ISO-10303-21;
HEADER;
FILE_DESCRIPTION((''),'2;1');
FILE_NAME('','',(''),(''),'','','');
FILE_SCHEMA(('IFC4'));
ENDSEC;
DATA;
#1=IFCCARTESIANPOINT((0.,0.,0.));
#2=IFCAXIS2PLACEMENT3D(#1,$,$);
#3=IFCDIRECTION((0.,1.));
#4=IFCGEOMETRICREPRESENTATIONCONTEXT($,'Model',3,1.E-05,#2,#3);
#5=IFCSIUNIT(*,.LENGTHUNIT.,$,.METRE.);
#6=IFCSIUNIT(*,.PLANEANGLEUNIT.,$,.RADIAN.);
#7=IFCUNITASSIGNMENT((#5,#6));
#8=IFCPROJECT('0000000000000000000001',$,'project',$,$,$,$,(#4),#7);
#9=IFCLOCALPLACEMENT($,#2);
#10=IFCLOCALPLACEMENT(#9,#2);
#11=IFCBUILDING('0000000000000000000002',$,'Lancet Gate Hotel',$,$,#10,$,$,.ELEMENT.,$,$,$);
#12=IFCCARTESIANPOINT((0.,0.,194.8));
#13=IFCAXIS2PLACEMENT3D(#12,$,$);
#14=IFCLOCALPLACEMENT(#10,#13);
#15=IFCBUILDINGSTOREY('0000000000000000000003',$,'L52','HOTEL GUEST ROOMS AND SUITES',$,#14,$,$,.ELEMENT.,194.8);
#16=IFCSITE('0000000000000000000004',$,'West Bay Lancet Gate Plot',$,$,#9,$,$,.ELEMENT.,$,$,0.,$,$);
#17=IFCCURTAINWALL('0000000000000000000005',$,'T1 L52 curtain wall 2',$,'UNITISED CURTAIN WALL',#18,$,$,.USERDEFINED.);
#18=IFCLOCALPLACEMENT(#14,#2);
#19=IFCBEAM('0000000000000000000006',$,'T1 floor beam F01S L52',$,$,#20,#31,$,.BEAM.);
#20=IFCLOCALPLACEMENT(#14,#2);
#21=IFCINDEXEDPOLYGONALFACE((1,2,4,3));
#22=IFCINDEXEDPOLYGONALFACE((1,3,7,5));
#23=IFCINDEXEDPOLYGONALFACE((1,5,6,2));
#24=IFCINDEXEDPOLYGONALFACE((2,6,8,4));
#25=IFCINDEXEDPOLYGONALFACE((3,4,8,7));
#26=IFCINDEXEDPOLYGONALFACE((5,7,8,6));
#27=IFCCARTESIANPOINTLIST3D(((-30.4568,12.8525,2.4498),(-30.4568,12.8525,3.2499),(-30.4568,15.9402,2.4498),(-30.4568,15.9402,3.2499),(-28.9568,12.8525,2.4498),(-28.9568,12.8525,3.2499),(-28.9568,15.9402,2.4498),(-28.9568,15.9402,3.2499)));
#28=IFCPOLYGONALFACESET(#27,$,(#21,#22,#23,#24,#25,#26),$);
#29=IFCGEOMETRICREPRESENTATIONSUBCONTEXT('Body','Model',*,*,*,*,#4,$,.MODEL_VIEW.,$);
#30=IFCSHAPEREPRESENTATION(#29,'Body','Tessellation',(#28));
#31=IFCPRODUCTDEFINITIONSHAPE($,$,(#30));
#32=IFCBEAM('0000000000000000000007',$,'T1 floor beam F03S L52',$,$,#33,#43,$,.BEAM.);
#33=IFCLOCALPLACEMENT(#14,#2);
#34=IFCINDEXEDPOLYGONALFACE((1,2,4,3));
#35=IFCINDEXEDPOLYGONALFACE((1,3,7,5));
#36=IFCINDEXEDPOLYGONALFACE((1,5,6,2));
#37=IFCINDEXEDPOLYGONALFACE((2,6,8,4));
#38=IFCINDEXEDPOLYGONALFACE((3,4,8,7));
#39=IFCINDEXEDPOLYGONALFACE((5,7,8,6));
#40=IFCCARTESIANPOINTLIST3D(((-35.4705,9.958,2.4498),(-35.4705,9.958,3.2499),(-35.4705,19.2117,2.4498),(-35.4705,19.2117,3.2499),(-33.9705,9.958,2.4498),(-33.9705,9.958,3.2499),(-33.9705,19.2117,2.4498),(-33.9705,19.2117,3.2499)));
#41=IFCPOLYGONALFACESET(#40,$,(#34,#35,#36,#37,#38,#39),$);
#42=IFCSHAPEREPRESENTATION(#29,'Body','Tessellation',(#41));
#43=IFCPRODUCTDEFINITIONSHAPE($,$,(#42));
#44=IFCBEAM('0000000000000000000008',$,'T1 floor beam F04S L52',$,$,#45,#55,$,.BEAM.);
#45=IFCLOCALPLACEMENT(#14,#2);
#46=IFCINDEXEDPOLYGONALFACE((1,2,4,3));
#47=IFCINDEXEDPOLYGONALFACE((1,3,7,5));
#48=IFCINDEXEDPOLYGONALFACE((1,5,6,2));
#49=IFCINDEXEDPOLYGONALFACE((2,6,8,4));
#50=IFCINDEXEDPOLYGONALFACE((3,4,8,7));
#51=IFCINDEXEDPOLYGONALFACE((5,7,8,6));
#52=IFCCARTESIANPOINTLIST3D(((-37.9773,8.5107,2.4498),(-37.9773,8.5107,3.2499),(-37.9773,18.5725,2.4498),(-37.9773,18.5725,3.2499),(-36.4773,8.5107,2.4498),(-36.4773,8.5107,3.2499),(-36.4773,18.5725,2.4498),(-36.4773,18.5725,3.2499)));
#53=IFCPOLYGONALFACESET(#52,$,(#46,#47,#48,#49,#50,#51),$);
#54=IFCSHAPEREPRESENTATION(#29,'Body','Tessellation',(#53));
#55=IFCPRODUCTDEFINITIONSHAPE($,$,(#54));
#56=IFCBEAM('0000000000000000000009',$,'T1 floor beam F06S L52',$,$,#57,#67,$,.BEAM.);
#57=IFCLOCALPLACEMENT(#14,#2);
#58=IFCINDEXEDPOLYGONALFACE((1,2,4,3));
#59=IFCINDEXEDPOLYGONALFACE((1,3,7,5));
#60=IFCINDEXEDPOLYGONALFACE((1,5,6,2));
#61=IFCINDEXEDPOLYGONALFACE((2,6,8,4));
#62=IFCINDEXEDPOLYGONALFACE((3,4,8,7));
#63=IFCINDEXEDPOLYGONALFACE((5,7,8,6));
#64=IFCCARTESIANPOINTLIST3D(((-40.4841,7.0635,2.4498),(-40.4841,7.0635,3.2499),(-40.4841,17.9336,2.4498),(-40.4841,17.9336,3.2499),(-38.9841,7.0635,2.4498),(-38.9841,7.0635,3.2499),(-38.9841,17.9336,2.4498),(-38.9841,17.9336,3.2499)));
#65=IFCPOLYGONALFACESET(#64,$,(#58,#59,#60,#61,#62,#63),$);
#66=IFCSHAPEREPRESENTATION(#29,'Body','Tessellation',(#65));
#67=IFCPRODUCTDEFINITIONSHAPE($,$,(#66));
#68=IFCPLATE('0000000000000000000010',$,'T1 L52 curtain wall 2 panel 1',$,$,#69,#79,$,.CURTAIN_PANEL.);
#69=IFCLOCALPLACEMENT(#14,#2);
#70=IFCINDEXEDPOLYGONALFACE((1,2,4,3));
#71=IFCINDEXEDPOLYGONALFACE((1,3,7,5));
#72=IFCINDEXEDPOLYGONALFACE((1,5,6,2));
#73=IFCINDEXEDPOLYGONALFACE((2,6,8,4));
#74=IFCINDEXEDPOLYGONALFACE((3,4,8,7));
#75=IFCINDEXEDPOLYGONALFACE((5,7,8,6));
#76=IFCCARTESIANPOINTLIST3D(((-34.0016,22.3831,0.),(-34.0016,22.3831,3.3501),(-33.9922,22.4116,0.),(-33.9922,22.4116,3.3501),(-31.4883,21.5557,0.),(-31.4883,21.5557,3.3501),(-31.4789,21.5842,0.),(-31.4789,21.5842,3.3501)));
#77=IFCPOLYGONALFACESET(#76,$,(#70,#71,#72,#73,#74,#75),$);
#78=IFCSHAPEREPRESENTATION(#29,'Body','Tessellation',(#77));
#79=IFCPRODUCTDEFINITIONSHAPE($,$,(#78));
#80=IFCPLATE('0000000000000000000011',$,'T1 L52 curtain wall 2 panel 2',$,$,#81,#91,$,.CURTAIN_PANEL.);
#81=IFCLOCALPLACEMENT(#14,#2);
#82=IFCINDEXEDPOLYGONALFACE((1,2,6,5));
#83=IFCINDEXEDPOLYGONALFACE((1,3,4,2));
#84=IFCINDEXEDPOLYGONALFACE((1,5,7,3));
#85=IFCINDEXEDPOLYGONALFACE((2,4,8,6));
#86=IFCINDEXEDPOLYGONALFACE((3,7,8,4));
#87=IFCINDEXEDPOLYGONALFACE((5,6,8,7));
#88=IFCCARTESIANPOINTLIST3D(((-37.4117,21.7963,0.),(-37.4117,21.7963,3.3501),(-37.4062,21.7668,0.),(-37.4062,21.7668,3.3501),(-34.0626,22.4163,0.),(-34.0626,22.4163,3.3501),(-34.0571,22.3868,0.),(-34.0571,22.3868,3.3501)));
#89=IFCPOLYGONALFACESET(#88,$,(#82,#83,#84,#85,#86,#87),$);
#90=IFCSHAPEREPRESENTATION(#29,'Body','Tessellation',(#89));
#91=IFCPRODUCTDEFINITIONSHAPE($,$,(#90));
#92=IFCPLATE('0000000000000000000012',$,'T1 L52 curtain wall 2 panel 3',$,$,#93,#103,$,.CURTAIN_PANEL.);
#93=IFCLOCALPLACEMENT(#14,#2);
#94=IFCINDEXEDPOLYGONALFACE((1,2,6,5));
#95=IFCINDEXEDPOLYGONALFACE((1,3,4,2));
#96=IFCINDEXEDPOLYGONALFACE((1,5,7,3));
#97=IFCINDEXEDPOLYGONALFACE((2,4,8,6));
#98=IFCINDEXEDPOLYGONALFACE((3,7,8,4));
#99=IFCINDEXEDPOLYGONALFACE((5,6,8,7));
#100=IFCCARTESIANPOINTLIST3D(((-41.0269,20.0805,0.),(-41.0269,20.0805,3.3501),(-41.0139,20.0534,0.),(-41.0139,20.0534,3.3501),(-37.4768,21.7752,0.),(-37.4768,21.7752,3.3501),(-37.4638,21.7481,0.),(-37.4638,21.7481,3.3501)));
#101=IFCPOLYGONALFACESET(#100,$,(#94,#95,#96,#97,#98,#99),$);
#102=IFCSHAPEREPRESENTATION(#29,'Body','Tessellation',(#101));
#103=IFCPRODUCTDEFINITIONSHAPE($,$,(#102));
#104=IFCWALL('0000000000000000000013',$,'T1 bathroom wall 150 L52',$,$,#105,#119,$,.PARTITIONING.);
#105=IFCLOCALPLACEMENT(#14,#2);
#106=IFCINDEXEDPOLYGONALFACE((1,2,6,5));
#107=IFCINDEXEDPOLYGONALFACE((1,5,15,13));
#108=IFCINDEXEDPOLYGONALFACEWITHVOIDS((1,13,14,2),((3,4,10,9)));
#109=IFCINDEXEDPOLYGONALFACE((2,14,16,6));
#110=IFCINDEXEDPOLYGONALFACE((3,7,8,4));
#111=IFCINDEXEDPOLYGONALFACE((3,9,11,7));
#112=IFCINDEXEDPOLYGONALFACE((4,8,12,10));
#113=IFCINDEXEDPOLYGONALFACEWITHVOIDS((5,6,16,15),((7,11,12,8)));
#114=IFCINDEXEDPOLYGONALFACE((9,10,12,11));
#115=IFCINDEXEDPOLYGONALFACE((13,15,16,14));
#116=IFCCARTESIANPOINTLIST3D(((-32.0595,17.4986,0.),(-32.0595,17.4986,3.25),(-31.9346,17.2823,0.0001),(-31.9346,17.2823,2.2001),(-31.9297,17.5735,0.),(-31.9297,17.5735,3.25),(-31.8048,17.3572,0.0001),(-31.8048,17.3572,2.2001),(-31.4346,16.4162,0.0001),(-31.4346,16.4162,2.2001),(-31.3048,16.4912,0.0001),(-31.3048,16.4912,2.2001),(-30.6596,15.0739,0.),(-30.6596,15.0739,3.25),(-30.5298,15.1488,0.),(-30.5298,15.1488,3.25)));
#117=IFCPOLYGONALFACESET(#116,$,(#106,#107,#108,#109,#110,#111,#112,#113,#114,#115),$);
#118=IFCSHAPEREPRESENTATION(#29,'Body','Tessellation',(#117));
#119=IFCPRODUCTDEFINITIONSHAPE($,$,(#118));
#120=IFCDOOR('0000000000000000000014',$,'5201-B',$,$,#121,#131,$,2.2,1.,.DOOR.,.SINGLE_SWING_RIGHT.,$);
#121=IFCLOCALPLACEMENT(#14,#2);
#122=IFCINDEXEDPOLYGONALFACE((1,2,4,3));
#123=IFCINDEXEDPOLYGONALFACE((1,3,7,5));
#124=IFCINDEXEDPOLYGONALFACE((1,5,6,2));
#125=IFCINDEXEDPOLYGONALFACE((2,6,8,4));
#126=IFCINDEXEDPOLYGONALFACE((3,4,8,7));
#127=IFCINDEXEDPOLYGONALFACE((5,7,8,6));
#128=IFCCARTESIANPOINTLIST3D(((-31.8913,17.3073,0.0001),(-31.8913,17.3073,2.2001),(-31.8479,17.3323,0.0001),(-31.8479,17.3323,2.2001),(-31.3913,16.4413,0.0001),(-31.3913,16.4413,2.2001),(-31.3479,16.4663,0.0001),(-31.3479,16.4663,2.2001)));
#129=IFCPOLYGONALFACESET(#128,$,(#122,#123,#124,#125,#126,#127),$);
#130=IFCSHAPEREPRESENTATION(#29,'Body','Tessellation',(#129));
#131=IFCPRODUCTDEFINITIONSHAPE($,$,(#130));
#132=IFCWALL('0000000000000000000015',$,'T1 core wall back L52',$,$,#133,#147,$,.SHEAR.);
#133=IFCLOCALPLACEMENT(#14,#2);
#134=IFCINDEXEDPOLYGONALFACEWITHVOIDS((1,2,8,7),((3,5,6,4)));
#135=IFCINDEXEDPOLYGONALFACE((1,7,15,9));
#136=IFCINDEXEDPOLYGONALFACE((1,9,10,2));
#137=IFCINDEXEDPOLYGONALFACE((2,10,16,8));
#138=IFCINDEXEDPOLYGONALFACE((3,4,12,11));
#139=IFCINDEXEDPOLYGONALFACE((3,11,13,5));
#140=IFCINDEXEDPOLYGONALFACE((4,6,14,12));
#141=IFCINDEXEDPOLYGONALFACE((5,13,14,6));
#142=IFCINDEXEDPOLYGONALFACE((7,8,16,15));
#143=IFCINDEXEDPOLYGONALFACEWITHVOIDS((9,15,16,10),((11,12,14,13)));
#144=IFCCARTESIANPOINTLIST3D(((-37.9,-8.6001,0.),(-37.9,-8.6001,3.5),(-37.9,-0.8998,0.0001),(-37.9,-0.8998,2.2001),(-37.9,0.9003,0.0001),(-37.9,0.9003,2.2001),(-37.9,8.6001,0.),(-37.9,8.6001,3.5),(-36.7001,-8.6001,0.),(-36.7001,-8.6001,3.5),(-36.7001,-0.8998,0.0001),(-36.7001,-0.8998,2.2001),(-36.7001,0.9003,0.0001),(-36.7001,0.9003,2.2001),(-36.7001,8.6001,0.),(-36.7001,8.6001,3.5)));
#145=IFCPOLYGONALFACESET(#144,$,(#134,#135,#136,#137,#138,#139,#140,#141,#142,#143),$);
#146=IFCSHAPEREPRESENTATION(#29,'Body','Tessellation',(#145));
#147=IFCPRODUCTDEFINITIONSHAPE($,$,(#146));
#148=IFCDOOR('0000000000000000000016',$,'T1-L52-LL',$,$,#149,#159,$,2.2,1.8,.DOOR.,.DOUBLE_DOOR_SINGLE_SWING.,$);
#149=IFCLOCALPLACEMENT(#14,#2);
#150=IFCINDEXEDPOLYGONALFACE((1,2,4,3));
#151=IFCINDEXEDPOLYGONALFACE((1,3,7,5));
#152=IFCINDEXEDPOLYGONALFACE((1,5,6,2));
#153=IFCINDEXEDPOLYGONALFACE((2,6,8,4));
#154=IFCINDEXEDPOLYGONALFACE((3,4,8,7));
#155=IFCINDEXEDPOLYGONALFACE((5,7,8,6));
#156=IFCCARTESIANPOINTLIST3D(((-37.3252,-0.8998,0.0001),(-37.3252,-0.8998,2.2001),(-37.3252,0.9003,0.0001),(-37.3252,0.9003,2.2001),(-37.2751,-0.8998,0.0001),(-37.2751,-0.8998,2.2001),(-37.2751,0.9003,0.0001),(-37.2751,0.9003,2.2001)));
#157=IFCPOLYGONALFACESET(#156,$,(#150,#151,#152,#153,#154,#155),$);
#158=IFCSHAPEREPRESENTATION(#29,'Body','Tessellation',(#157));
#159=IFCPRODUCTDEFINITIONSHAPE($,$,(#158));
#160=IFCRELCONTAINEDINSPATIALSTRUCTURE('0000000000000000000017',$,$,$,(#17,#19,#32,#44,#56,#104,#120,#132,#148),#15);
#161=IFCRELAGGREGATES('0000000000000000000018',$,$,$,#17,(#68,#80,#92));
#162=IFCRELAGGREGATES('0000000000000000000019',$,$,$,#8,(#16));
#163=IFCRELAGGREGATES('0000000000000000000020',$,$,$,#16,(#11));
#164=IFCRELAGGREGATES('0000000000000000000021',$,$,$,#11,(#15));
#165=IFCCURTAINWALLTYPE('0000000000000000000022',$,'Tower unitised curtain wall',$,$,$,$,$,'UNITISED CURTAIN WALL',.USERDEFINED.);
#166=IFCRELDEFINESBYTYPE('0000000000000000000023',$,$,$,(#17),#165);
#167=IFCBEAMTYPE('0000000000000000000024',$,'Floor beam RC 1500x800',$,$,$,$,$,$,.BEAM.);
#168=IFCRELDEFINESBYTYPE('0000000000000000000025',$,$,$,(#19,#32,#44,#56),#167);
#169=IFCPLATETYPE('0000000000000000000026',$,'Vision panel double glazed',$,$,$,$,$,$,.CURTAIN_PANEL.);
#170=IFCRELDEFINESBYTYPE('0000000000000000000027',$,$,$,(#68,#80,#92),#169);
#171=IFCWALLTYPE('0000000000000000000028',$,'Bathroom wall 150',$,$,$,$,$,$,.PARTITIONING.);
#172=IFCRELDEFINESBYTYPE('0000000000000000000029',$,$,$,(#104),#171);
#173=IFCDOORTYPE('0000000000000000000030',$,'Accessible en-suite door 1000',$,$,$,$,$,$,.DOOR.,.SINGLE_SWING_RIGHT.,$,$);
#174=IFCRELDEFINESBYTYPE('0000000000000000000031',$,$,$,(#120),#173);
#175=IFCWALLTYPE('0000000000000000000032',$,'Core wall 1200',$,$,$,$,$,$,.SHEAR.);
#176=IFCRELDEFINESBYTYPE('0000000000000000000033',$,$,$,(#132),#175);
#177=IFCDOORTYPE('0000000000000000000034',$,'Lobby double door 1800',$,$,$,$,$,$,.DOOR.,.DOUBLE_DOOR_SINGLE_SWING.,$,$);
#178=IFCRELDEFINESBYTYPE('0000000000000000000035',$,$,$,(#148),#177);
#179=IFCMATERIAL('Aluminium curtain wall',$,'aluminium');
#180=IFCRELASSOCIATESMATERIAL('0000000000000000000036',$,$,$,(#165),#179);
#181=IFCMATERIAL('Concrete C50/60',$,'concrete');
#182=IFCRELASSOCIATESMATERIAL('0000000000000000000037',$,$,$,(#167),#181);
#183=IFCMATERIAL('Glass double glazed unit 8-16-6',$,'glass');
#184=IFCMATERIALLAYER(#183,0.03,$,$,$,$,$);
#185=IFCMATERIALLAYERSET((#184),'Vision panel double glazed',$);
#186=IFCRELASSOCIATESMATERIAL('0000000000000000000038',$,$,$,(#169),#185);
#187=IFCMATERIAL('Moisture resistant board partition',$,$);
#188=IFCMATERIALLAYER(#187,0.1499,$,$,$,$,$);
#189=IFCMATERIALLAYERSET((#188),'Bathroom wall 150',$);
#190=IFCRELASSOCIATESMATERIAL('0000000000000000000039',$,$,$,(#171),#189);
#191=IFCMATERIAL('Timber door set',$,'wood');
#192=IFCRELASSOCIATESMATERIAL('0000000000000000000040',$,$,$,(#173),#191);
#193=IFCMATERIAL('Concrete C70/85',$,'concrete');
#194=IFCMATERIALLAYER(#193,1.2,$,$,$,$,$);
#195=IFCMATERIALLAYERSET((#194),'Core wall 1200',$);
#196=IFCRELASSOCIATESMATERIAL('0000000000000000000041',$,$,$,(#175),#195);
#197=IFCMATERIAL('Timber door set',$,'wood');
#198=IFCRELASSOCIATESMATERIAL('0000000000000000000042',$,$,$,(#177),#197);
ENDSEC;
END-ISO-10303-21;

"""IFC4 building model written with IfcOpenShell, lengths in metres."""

from ifc_helpers import new_model, si_unit, direction, frame, frame_2d, origin, origin_2d, place, context, subcontext, project, spatial, rectangle, extrude, material, layer, layer_set, material_profile, profile_set, type_object, element, fill, aggregate, save


model = new_model("IFC4")

# Units and contexts
model_context = context("Model", 3, precision=1e-05, world=origin(), true_north=direction((0.0, 1.0)))
body_context = subcontext(model_context, "Body", "Model", "MODEL_VIEW")
ifc_project = project(units=[si_unit("LENGTHUNIT", "METRE"), si_unit("PLANEANGLEUNIT", "RADIAN")], contexts=[model_context])

# Site, building, storey
site_placement = place(None, origin())
site = spatial("IfcSite", under=ifc_project, at=site_placement, Name="West Bay Lancet Gate Plot", CompositionType="ELEMENT", RefElevation=0.0)
building_placement = place(site_placement, origin())
building = spatial("IfcBuilding", under=site, at=building_placement, Name="Lancet Gate Hotel", CompositionType="ELEMENT")
storey_placement = place(building_placement, frame((0.0, 0.0, 194.8)))
storey = spatial("IfcBuildingStorey", under=building, at=storey_placement, Name="L52", Description="HOTEL GUEST ROOMS AND SUITES", CompositionType="ELEMENT", Elevation=194.8)

# Shared definitions
ifc_material_1 = material(Name="Aluminium curtain wall", Category="aluminium")
curtain_wall_type = type_object("IfcCurtainWallType", Name="Tower unitised curtain wall", ElementType="UNITISED CURTAIN WALL", PredefinedType="USERDEFINED", material=ifc_material_1)

# Curtain wall
curtain_wall_1_placement = place(storey_placement, origin())
curtain_wall_1 = element("IfcCurtainWall", 1, at=curtain_wall_1_placement, inside=storey, type_object=curtain_wall_type, Name="T1 L52 curtain wall 2", ObjectType="UNITISED CURTAIN WALL", PredefinedType="USERDEFINED")

# Beams
ifc_material_2 = material(Name="Concrete C50/60", Category="concrete")
ifc_material_profile_1 = material_profile(ifc_material_2, rectangle(XDim=1.5, YDim=0.8, at=origin_2d()), Name="RC 1500x800")
ifc_profile_set_1 = profile_set([ifc_material_profile_1], Name="Concrete C50/60")
beam_type_1 = type_object("IfcBeamType", Name="Floor beam RC 1500x800", PredefinedType="BEAM", material=ifc_profile_set_1)
beam_1_placement = place(storey_placement, frame((-29.7068, 15.9402, 2.8499), z_axis=(0.0, -1.0, 0.0), x_axis=(1.0, 0.0, 0.0)))
element("IfcBeam", 2, at=beam_1_placement, inside=storey, type_object=beam_type_1, Name="T1 floor beam F01S L52", PredefinedType="BEAM", context=body_context, shape_type="SweptSolid", body=[
    extrude(rectangle(XDim=1.5, YDim=0.8, at=origin_2d()), origin(), (0.0, 0.0, 1.0), 3.0876),
])
beam_2_placement = place(storey_placement, frame((-34.7205, 19.2117, 2.8499), z_axis=(0.0, -1.0, 0.0), x_axis=(1.0, 0.0, 0.0)))
element("IfcBeam", 3, at=beam_2_placement, inside=storey, type_object=beam_type_1, Name="T1 floor beam F03S L52", PredefinedType="BEAM", context=body_context, shape_type="SweptSolid", body=[
    extrude(rectangle(XDim=1.5, YDim=0.8, at=origin_2d()), origin(), (0.0, 0.0, 1.0), 9.2537),
])
beam_3_placement = place(storey_placement, frame((-37.2273, 18.5725, 2.8499), z_axis=(0.0, -1.0, 0.0), x_axis=(1.0, 0.0, 0.0)))
element("IfcBeam", 4, at=beam_3_placement, inside=storey, type_object=beam_type_1, Name="T1 floor beam F04S L52", PredefinedType="BEAM", context=body_context, shape_type="SweptSolid", body=[
    extrude(rectangle(XDim=1.5, YDim=0.8, at=origin_2d()), origin(), (0.0, 0.0, 1.0), 10.0618),
])
beam_4_placement = place(storey_placement, frame((-39.7341, 17.9336, 2.8499), z_axis=(0.0, -1.0, 0.0), x_axis=(1.0, 0.0, 0.0)))
element("IfcBeam", 5, at=beam_4_placement, inside=storey, type_object=beam_type_1, Name="T1 floor beam F06S L52", PredefinedType="BEAM", context=body_context, shape_type="SweptSolid", body=[
    extrude(rectangle(XDim=1.5, YDim=0.8, at=origin_2d()), origin(), (0.0, 0.0, 1.0), 10.8701),
])

# Plates
ifc_material_3 = material(Name="Glass double glazed unit 8-16-6", Category="glass")
ifc_layer_1 = layer(ifc_material_3, 0.03)
ifc_layer_set_1 = layer_set([ifc_layer_1], Name="Vision panel double glazed")
plate_type = type_object("IfcPlateType", Name="Vision panel double glazed", PredefinedType="CURTAIN_PANEL", material=ifc_layer_set_1)
plate_1_placement = place(storey_placement, frame((-32.7402, 21.9836, 0.0), z_axis=(0.0, 0.0, 1.0), x_axis=(-0.949848, 0.312712, 0.0)))
plate_1 = element("IfcPlate", 6, at=plate_1_placement, type_object=plate_type, Name="T1 L52 curtain wall 2 panel 1", PredefinedType="CURTAIN_PANEL", context=body_context, shape_type="SweptSolid", body=[
    extrude(rectangle(XDim=2.646, YDim=0.03, at=origin_2d()), origin(), (0.0, 0.0, 1.0), 3.3501),
])
plate_2_placement = place(storey_placement, frame((-35.7344, 22.0916, 0.0), z_axis=(0.0, 0.0, 1.0), x_axis=(-0.983292, -0.182033, 0.0)))
plate_2 = element("IfcPlate", 7, at=plate_2_placement, type_object=plate_type, Name="T1 L52 curtain wall 2 panel 2", PredefinedType="CURTAIN_PANEL", context=body_context, shape_type="SweptSolid", body=[
    extrude(rectangle(XDim=3.406, YDim=0.03, at=origin_2d()), origin(), (0.0, 0.0, 1.0), 3.3501),
])
plate_3_placement = place(storey_placement, frame((-39.2454, 20.9143, 0.0), z_axis=(0.0, 0.0, 1.0), x_axis=(-0.902454, -0.430787, 0.0)))
plate_3 = element("IfcPlate", 8, at=plate_3_placement, type_object=plate_type, Name="T1 L52 curtain wall 2 panel 3", PredefinedType="CURTAIN_PANEL", context=body_context, shape_type="SweptSolid", body=[
    extrude(rectangle(XDim=3.9338, YDim=0.03, at=origin_2d()), origin(), (0.0, 0.0, 1.0), 3.3501),
])
aggregate(curtain_wall_1, [plate_1, plate_2, plate_3])

# Walls, openings, doors
ifc_material_4 = material(Name="Moisture resistant board partition")
ifc_layer_2 = layer(ifc_material_4, 0.1499)
ifc_layer_set_2 = layer_set([ifc_layer_2], Name="Bathroom wall 150")
wall_type_1 = type_object("IfcWallType", Name="Bathroom wall 150", PredefinedType="PARTITIONING", material=ifc_layer_set_2)
wall_1_placement = place(storey_placement, frame((-30.5947, 15.1113, 0.0), z_axis=(0.0, 0.0, 1.0), x_axis=(-0.499984, 0.866035, 0.0)))
wall_1 = element("IfcWall", 9, at=wall_1_placement, inside=storey, type_object=wall_type_1, Name="T1 bathroom wall 150 L52", PredefinedType="PARTITIONING", context=body_context, shape_type="SweptSolid", body=[
    extrude(rectangle(XDim=2.7998, YDim=0.1499, at=frame_2d((1.3999, 0.0))), origin(), (0.0, 0.0, 1.0), 3.25),
])
opening_1_placement = place(wall_1_placement, frame((1.55, 0.0, 0.0)))
opening_1 = element("IfcOpeningElement", 10, at=opening_1_placement, cuts=wall_1, PredefinedType="OPENING", context=body_context, shape_type="SweptSolid", body=[
    extrude(rectangle(XDim=1.0, YDim=2.2, at=frame_2d((0.5, 1.1001))), frame((0.0, 0.085, 0.0), z_axis=(0.0, -1.0, 0.0), x_axis=(1.0, 0.0, 0.0)), (0.0, 0.0, 1.0), 0.1699),
])
ifc_material_5 = material(Name="Timber door set", Category="wood")
door_type_1 = type_object("IfcDoorType", Name="Accessible en-suite door 1000", OperationType="SINGLE_SWING_RIGHT", PredefinedType="DOOR", material=ifc_material_5)
door_1_placement = place(opening_1_placement, origin())
door_1 = element("IfcDoor", 11, at=door_1_placement, inside=storey, type_object=door_type_1, Name="5201-B", OperationType="SINGLE_SWING_RIGHT", OverallHeight=2.2, OverallWidth=1.0, PredefinedType="DOOR", context=body_context, shape_type="SweptSolid", body=[
    extrude(rectangle(XDim=1.0, YDim=2.2, at=frame_2d((0.5, 1.1001))), frame((0.0, 0.0249, 0.0), z_axis=(0.0, -1.0, 0.0), x_axis=(1.0, 0.0, 0.0)), (0.0, 0.0, 1.0), 0.05),
])
fill(opening_1, door_1)
ifc_material_6 = material(Name="Concrete C70/85", Category="concrete")
ifc_layer_3 = layer(ifc_material_6, 1.2)
ifc_layer_set_3 = layer_set([ifc_layer_3], Name="Core wall 1200")
wall_type_2 = type_object("IfcWallType", Name="Core wall 1200", PredefinedType="SHEAR", material=ifc_layer_set_3)
wall_2_placement = place(storey_placement, frame((-37.3, 8.6001, 0.0), z_axis=(0.0, 0.0, 1.0), x_axis=(0.0, -1.0, 0.0)))
wall_2 = element("IfcWall", 12, at=wall_2_placement, inside=storey, type_object=wall_type_2, Name="T1 core wall back L52", PredefinedType="SHEAR", context=body_context, shape_type="SweptSolid", body=[
    extrude(rectangle(XDim=17.2002, YDim=1.2, at=frame_2d((8.6001, 0.0))), origin(), (0.0, 0.0, 1.0), 3.5),
])
opening_2_placement = place(wall_2_placement, frame((7.7, 0.0, 0.0)))
opening_2 = element("IfcOpeningElement", 13, at=opening_2_placement, cuts=wall_2, PredefinedType="OPENING", context=body_context, shape_type="SweptSolid", body=[
    extrude(rectangle(XDim=1.8, YDim=2.2, at=frame_2d((0.8999, 1.1001))), frame((0.0, 0.6099, 0.0), z_axis=(0.0, -1.0, 0.0), x_axis=(1.0, 0.0, 0.0)), (0.0, 0.0, 1.0), 1.22),
])
ifc_material_7 = material(Name="Timber door set", Category="wood")
door_type_2 = type_object("IfcDoorType", Name="Lobby double door 1800", OperationType="DOUBLE_DOOR_SINGLE_SWING", PredefinedType="DOOR", material=ifc_material_7)
door_2_placement = place(opening_2_placement, origin())
door_2 = element("IfcDoor", 14, at=door_2_placement, inside=storey, type_object=door_type_2, Name="T1-L52-LL", OperationType="DOUBLE_DOOR_SINGLE_SWING", OverallHeight=2.2, OverallWidth=1.8, PredefinedType="DOOR", context=body_context, shape_type="SweptSolid", body=[
    extrude(rectangle(XDim=1.8, YDim=2.2, at=frame_2d((0.8999, 1.1001))), frame((0.0, 0.0249, 0.0), z_axis=(0.0, -1.0, 0.0), x_axis=(1.0, 0.0, 0.0)), (0.0, 0.0, 1.0), 0.05),
])
fill(opening_2, door_2)

save(model, "model.ifc")
